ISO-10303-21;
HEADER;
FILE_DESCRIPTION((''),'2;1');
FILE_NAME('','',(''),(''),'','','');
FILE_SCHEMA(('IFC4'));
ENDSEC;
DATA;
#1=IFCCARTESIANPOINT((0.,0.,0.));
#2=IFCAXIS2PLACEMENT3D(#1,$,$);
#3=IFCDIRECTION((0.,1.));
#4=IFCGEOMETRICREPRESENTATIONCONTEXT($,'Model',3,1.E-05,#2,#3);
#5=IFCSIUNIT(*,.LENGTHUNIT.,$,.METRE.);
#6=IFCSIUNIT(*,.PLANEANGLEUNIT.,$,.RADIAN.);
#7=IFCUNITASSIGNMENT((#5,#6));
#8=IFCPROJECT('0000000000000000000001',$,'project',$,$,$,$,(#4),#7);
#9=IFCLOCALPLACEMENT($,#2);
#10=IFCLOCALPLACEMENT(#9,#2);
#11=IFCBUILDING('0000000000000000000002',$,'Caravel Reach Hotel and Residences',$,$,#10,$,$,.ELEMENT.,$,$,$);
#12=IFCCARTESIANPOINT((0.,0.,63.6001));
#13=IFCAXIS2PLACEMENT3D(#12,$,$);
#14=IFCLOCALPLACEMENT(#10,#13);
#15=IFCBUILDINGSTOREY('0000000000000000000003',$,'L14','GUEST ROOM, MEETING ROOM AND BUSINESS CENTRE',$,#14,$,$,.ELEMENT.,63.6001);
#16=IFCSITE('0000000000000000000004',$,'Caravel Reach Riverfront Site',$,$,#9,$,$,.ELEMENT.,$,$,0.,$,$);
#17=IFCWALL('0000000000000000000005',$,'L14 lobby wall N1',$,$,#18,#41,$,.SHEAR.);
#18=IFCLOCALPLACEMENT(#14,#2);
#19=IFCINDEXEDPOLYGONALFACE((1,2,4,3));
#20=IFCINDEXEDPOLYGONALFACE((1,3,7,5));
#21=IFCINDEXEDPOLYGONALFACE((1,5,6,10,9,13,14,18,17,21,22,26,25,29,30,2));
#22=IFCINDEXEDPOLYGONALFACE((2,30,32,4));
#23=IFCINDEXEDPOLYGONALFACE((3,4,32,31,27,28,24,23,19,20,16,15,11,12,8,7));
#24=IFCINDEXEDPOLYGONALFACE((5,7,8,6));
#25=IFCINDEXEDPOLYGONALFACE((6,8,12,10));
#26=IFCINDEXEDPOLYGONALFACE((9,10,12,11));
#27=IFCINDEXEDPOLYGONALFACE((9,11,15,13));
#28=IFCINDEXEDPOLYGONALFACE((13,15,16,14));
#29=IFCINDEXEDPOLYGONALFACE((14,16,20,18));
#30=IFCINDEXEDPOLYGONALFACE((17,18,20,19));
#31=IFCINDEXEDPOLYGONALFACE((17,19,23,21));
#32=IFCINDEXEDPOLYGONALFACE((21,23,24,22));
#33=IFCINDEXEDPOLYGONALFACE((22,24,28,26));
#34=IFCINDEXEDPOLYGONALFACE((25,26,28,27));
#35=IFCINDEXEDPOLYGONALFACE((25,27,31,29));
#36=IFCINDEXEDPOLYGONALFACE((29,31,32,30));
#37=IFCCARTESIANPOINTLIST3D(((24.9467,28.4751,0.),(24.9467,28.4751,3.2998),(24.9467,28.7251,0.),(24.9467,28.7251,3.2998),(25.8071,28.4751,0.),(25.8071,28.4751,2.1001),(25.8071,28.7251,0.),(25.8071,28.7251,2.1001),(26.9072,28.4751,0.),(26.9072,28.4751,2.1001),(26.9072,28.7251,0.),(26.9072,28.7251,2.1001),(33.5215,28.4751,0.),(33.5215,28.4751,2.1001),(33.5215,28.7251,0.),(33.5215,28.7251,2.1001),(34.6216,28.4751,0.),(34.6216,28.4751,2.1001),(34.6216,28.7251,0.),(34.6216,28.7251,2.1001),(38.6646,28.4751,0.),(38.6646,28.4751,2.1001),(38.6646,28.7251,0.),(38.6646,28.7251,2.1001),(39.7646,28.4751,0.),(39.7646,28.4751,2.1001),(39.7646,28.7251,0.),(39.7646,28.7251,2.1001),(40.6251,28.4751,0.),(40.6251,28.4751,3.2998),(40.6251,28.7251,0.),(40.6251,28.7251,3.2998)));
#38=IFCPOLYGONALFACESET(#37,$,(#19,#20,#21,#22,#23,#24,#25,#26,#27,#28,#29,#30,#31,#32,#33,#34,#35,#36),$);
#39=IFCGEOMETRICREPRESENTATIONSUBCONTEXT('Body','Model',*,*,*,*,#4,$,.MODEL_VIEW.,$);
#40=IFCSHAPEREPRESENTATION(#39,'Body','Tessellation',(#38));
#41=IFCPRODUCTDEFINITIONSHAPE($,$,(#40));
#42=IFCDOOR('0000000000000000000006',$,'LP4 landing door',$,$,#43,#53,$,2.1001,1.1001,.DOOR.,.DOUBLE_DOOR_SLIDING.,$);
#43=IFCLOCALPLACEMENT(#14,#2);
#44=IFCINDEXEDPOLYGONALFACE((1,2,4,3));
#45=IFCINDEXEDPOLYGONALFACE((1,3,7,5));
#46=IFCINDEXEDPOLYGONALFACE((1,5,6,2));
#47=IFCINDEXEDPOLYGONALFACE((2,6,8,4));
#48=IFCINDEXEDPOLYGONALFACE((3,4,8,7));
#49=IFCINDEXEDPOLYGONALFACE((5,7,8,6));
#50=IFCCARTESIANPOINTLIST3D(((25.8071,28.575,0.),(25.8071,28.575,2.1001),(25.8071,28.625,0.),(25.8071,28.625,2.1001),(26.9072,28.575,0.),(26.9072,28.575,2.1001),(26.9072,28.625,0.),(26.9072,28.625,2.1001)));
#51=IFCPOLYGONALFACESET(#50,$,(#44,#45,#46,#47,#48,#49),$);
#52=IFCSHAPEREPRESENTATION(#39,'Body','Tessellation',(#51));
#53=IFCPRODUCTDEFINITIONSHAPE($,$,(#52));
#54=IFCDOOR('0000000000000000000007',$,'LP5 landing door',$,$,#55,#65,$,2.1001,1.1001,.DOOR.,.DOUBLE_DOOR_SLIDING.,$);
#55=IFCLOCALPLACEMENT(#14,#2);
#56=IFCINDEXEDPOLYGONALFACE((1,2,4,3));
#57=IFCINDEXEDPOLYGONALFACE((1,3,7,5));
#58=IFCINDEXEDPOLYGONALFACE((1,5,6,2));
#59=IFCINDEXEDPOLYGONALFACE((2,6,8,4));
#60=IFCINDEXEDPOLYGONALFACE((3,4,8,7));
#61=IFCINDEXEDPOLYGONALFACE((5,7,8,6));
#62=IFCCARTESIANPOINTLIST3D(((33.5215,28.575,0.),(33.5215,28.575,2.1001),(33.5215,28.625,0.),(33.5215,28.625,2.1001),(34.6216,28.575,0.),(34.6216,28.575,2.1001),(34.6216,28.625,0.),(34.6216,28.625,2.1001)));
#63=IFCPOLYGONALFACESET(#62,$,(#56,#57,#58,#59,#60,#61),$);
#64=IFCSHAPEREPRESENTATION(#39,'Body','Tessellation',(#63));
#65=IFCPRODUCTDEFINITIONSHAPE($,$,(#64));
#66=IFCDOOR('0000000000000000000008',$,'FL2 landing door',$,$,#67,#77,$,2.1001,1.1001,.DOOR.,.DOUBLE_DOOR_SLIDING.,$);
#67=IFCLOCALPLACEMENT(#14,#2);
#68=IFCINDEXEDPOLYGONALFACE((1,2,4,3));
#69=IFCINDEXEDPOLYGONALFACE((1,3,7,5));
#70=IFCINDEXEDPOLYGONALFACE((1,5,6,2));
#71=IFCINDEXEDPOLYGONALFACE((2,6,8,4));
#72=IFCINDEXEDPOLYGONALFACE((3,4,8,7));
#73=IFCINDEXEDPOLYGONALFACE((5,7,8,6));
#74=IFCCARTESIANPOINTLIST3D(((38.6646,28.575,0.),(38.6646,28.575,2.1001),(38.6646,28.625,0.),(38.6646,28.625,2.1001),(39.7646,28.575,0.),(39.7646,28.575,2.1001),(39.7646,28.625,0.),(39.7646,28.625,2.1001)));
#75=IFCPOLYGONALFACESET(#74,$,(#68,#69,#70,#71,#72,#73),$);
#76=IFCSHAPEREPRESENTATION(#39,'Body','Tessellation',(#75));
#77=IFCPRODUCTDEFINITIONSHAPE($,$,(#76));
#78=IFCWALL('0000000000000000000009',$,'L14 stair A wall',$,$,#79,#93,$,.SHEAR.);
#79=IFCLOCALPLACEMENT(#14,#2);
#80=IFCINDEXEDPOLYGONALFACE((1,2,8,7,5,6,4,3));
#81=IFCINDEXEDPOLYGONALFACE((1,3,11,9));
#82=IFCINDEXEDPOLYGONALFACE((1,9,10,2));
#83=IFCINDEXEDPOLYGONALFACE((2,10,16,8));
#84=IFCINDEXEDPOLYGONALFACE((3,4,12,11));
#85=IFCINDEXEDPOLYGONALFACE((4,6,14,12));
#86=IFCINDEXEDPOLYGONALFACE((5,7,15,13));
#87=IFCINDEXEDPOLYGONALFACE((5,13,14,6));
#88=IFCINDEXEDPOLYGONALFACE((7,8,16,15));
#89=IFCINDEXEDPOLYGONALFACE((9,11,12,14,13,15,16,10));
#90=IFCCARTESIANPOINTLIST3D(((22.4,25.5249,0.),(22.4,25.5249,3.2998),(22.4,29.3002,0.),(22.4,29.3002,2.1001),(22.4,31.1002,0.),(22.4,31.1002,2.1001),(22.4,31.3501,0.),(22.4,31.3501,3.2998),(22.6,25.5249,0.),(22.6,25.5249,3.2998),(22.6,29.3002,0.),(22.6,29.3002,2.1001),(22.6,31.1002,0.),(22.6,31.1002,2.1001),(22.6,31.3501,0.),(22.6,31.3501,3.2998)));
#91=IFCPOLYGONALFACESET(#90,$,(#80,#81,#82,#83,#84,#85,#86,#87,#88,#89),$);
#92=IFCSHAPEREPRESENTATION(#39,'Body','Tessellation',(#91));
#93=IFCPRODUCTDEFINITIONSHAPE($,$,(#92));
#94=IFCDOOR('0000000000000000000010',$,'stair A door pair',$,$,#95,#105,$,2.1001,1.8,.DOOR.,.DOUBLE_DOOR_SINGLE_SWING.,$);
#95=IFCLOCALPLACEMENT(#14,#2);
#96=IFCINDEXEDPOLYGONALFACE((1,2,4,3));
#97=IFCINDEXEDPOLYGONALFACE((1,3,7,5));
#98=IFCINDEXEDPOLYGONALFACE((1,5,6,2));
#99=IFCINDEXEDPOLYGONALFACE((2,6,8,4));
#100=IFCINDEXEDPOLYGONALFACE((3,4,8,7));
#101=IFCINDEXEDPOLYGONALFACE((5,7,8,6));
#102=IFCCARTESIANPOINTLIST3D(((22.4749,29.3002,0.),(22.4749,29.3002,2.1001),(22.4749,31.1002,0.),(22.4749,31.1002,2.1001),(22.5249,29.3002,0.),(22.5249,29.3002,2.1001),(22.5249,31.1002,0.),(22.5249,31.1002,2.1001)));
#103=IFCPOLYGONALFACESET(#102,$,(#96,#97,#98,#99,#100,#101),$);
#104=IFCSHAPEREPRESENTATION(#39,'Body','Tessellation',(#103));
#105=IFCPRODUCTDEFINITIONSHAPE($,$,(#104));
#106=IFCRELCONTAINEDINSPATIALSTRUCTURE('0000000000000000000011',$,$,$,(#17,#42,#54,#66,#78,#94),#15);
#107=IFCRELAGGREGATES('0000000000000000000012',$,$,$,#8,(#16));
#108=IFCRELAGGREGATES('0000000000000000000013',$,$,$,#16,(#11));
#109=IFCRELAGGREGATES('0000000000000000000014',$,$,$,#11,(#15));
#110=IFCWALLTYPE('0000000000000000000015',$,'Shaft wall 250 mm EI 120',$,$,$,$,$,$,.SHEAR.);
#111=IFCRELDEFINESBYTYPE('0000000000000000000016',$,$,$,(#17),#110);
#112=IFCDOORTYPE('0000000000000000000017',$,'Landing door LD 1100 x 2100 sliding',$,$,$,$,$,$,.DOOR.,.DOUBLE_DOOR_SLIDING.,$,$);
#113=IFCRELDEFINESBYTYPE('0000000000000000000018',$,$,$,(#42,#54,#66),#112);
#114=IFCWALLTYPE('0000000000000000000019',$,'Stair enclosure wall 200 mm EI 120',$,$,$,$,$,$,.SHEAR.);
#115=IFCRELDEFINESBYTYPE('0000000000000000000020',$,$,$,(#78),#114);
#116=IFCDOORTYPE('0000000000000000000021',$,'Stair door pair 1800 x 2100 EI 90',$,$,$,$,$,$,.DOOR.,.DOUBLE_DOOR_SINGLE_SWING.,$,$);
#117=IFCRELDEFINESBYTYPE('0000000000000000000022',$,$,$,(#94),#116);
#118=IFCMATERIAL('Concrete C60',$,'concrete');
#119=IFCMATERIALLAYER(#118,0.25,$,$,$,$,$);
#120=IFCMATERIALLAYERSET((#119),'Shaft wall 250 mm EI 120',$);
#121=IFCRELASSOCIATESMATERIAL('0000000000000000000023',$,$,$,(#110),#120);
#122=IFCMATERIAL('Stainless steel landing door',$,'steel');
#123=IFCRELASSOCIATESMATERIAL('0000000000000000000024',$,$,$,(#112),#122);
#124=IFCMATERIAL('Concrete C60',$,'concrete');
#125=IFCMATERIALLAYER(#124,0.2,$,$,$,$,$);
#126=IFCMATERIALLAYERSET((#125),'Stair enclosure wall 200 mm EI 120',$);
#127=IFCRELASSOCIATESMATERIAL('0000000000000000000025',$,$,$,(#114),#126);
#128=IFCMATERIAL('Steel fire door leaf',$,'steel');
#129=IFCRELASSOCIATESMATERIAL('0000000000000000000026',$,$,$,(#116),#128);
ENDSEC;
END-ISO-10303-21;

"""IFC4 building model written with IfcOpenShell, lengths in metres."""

from ifc_helpers import new_model, si_unit, direction, frame, frame_2d, origin, place, context, subcontext, project, spatial, rectangle, extrude, material, layer, layer_set, type_object, element, fill, save


model = new_model("IFC4")

# Units and contexts
model_context = context("Model", 3, precision=1e-05, world=origin(), true_north=direction((0.0, 1.0)))
body_context = subcontext(model_context, "Body", "Model", "MODEL_VIEW")
ifc_project = project(units=[si_unit("LENGTHUNIT", "METRE"), si_unit("PLANEANGLEUNIT", "RADIAN")], contexts=[model_context])

# Site, building, storey
site_placement = place(None, origin())
site = spatial("IfcSite", under=ifc_project, at=site_placement, Name="Caravel Reach Riverfront Site", CompositionType="ELEMENT", RefElevation=0.0)
building_placement = place(site_placement, origin())
building = spatial("IfcBuilding", under=site, at=building_placement, Name="Caravel Reach Hotel and Residences", CompositionType="ELEMENT")
storey_placement = place(building_placement, frame((0.0, 0.0, 63.6001)))
storey = spatial("IfcBuildingStorey", under=building, at=storey_placement, Name="L14", Description="GUEST ROOM, MEETING ROOM AND BUSINESS CENTRE", CompositionType="ELEMENT", Elevation=63.6001)

# Wall, openings, doors
ifc_material_1 = material(Name="Concrete C60", Category="concrete")
ifc_layer_1 = layer(ifc_material_1, 0.25)
ifc_layer_set_1 = layer_set([ifc_layer_1], Name="Shaft wall 250 mm EI 120")
wall_type_1 = type_object("IfcWallType", Name="Shaft wall 250 mm EI 120", PredefinedType="SHEAR", material=ifc_layer_set_1)
wall_1_placement = place(storey_placement, frame((24.9465, 28.6001, 0.0), z_axis=(0.0, 0.0, 1.0), x_axis=(1.0, 0.0, 0.0)))
wall_1 = element("IfcWall", 1, at=wall_1_placement, inside=storey, type_object=wall_type_1, Name="L14 lobby wall N1", PredefinedType="SHEAR", context=body_context, shape_type="SweptSolid", body=[
    extrude(rectangle(XDim=15.6785, YDim=0.25, at=frame_2d((7.8394, 0.0))), origin(), (0.0, 0.0, 1.0), 3.2998),
])
opening_1_placement = place(wall_1_placement, frame((0.8606, 0.0, 0.0)))
opening_1 = element("IfcOpeningElement", 2, at=opening_1_placement, cuts=wall_1, PredefinedType="OPENING", context=body_context, shape_type="SweptSolid", body=[
    extrude(rectangle(XDim=1.1001, YDim=2.1001, at=frame_2d((0.55, 1.05))), frame((0.0, 0.135, 0.0), z_axis=(0.0, -1.0, 0.0), x_axis=(1.0, 0.0, 0.0)), (0.0, 0.0, 1.0), 0.27),
])
opening_2_placement = place(wall_1_placement, frame((8.575, 0.0, 0.0)))
opening_2 = element("IfcOpeningElement", 3, at=opening_2_placement, cuts=wall_1, PredefinedType="OPENING", context=body_context, shape_type="SweptSolid", body=[
    extrude(rectangle(XDim=1.1001, YDim=2.1001, at=frame_2d((0.55, 1.05))), frame((0.0, 0.135, 0.0), z_axis=(0.0, -1.0, 0.0), x_axis=(1.0, 0.0, 0.0)), (0.0, 0.0, 1.0), 0.27),
])
opening_3_placement = place(wall_1_placement, frame((13.718, 0.0, 0.0)))
opening_3 = element("IfcOpeningElement", 4, at=opening_3_placement, cuts=wall_1, PredefinedType="OPENING", context=body_context, shape_type="SweptSolid", body=[
    extrude(rectangle(XDim=1.1001, YDim=2.1001, at=frame_2d((0.55, 1.05))), frame((0.0, 0.135, 0.0), z_axis=(0.0, -1.0, 0.0), x_axis=(1.0, 0.0, 0.0)), (0.0, 0.0, 1.0), 0.27),
])
ifc_material_2 = material(Name="Stainless steel landing door", Category="steel")
door_type_1 = type_object("IfcDoorType", Name="Landing door LD 1100 x 2100 sliding", OperationType="DOUBLE_DOOR_SLIDING", PredefinedType="DOOR", material=ifc_material_2)
door_1_placement = place(opening_1_placement, origin())
door_1 = element("IfcDoor", 5, at=door_1_placement, inside=storey, type_object=door_type_1, Name="LP4 landing door", OperationType="DOUBLE_DOOR_SLIDING", OverallHeight=2.1001, OverallWidth=1.1001, PredefinedType="DOOR", context=body_context, shape_type="SweptSolid", body=[
    extrude(rectangle(XDim=1.1001, YDim=2.1001, at=frame_2d((0.55, 1.05))), frame((0.0, 0.0249, 0.0), z_axis=(0.0, -1.0, 0.0), x_axis=(1.0, 0.0, 0.0)), (0.0, 0.0, 1.0), 0.05),
])
fill(opening_1, door_1)
door_2_placement = place(opening_2_placement, origin())
door_2 = element("IfcDoor", 6, at=door_2_placement, inside=storey, type_object=door_type_1, Name="LP5 landing door", OperationType="DOUBLE_DOOR_SLIDING", OverallHeight=2.1001, OverallWidth=1.1001, PredefinedType="DOOR", context=body_context, shape_type="SweptSolid", body=[
    extrude(rectangle(XDim=1.1001, YDim=2.1001, at=frame_2d((0.55, 1.05))), frame((0.0, 0.0249, 0.0), z_axis=(0.0, -1.0, 0.0), x_axis=(1.0, 0.0, 0.0)), (0.0, 0.0, 1.0), 0.05),
])
fill(opening_2, door_2)
door_3_placement = place(opening_3_placement, origin())
door_3 = element("IfcDoor", 7, at=door_3_placement, inside=storey, type_object=door_type_1, Name="FL2 landing door", OperationType="DOUBLE_DOOR_SLIDING", OverallHeight=2.1001, OverallWidth=1.1001, PredefinedType="DOOR", context=body_context, shape_type="SweptSolid", body=[
    extrude(rectangle(XDim=1.1001, YDim=2.1001, at=frame_2d((0.55, 1.05))), frame((0.0, 0.0249, 0.0), z_axis=(0.0, -1.0, 0.0), x_axis=(1.0, 0.0, 0.0)), (0.0, 0.0, 1.0), 0.05),
])
fill(opening_3, door_3)

# Wall, opening, door
ifc_material_3 = material(Name="Concrete C60", Category="concrete")
ifc_layer_2 = layer(ifc_material_3, 0.2)
ifc_layer_set_2 = layer_set([ifc_layer_2], Name="Stair enclosure wall 200 mm EI 120")
wall_type_2 = type_object("IfcWallType", Name="Stair enclosure wall 200 mm EI 120", PredefinedType="SHEAR", material=ifc_layer_set_2)
wall_2_placement = place(storey_placement, frame((22.5, 31.3501, 0.0), z_axis=(0.0, 0.0, 1.0), x_axis=(0.0, -1.0, 0.0)))
wall_2 = element("IfcWall", 8, at=wall_2_placement, inside=storey, type_object=wall_type_2, Name="L14 stair A wall", PredefinedType="SHEAR", context=body_context, shape_type="SweptSolid", body=[
    extrude(rectangle(XDim=5.8252, YDim=0.2, at=frame_2d((2.9126, 0.0))), origin(), (0.0, 0.0, 1.0), 3.2998),
])
opening_4_placement = place(wall_2_placement, frame((0.25, 0.0, 0.0)))
opening_4 = element("IfcOpeningElement", 9, at=opening_4_placement, cuts=wall_2, PredefinedType="OPENING", context=body_context, shape_type="SweptSolid", body=[
    extrude(rectangle(XDim=1.8, YDim=2.1001, at=frame_2d((0.8999, 1.05))), frame((0.0, 0.1099, 0.0), z_axis=(0.0, -1.0, 0.0), x_axis=(1.0, 0.0, 0.0)), (0.0, 0.0, 1.0), 0.22),
])
ifc_material_4 = material(Name="Steel fire door leaf", Category="steel")
door_type_2 = type_object("IfcDoorType", Name="Stair door pair 1800 x 2100 EI 90", OperationType="DOUBLE_DOOR_SINGLE_SWING", PredefinedType="DOOR", material=ifc_material_4)
door_4_placement = place(opening_4_placement, origin())
door_4 = element("IfcDoor", 10, at=door_4_placement, inside=storey, type_object=door_type_2, Name="stair A door pair", OperationType="DOUBLE_DOOR_SINGLE_SWING", OverallHeight=2.1001, OverallWidth=1.8, PredefinedType="DOOR", context=body_context, shape_type="SweptSolid", body=[
    extrude(rectangle(XDim=1.8, YDim=2.1001, at=frame_2d((0.8999, 1.05))), frame((0.0, 0.0249, 0.0), z_axis=(0.0, -1.0, 0.0), x_axis=(1.0, 0.0, 0.0)), (0.0, 0.0, 1.0), 0.05),
])
fill(opening_4, door_4)

save(model, "model.ifc")
